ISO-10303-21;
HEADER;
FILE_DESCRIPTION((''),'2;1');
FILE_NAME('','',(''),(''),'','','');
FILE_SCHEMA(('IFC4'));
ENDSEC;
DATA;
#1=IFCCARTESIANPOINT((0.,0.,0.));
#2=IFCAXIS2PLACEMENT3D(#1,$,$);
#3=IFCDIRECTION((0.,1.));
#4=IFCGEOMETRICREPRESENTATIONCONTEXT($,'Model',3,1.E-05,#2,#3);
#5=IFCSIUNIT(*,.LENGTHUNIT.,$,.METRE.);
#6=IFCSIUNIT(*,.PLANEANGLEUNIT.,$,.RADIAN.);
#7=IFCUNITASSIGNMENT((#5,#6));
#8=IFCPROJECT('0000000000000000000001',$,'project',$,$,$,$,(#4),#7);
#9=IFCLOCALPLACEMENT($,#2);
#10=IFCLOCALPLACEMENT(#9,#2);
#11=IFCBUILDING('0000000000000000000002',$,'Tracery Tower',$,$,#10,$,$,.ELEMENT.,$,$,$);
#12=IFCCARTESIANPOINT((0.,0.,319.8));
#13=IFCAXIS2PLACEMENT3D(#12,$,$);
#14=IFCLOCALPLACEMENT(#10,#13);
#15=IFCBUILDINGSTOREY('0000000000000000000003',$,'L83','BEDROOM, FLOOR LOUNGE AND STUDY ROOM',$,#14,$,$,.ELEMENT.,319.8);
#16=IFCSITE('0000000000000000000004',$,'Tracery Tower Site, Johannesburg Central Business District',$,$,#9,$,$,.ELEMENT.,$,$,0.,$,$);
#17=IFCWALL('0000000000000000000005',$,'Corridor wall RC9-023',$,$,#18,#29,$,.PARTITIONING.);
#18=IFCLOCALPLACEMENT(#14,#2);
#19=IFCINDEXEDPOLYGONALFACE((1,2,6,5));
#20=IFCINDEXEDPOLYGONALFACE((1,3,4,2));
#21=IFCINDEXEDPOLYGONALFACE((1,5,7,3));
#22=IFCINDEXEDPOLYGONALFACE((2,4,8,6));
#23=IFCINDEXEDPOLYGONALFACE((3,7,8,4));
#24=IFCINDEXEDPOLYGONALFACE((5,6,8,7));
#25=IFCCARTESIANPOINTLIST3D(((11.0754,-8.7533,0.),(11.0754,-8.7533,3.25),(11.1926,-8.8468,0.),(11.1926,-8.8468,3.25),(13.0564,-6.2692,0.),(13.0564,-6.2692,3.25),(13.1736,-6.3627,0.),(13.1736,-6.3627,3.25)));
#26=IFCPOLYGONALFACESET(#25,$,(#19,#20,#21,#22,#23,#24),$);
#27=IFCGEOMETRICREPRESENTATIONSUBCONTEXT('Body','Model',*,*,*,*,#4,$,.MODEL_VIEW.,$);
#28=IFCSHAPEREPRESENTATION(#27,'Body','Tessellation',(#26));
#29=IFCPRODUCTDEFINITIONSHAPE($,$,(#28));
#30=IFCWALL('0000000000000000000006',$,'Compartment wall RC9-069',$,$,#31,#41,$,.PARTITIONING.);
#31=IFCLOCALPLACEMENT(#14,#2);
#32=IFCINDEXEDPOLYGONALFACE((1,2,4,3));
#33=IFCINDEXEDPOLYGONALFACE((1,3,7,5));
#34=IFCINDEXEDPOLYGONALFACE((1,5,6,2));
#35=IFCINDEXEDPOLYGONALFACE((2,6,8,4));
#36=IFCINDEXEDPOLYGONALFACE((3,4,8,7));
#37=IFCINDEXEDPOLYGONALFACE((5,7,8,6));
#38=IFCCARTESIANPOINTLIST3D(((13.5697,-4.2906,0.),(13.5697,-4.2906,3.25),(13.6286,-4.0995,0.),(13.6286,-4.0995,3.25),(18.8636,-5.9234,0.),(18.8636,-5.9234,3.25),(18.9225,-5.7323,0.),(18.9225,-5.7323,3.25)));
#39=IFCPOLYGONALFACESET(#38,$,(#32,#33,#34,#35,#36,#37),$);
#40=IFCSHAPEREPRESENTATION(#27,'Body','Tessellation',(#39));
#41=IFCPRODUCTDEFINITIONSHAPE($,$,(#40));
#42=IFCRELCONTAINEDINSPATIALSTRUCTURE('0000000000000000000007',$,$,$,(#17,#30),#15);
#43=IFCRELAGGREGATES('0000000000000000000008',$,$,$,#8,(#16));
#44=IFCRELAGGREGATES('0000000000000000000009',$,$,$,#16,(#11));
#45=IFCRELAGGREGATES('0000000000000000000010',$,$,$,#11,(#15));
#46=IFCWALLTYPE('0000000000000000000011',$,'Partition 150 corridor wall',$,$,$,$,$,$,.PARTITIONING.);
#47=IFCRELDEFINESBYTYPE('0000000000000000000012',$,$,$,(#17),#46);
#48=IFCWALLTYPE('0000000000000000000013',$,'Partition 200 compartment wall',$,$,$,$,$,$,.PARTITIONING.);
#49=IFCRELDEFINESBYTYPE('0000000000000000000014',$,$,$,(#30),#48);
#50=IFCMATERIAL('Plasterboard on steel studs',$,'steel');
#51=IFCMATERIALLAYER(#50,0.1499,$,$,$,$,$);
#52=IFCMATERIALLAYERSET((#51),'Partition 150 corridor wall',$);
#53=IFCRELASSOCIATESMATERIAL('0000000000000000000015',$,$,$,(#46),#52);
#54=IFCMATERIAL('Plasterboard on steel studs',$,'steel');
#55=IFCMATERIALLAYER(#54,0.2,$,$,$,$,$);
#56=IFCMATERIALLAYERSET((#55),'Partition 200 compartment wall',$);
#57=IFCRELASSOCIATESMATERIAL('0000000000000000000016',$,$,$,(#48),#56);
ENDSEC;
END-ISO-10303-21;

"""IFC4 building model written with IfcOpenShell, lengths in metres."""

from ifc_helpers import new_model, si_unit, direction, frame, frame_2d, origin, place, context, subcontext, project, spatial, rectangle, extrude, material, layer, layer_set, type_object, element, save


model = new_model("IFC4")

# Units and contexts
model_context = context("Model", 3, precision=1e-05, world=origin(), true_north=direction((0.0, 1.0)))
body_context = subcontext(model_context, "Body", "Model", "MODEL_VIEW")
ifc_project = project(units=[si_unit("LENGTHUNIT", "METRE"), si_unit("PLANEANGLEUNIT", "RADIAN")], contexts=[model_context])

# Site, building, storey
site_placement = place(None, origin())
site = spatial("IfcSite", under=ifc_project, at=site_placement, Name="Tracery Tower Site, Johannesburg Central Business District", CompositionType="ELEMENT", RefElevation=0.0)
building_placement = place(site_placement, origin())
building = spatial("IfcBuilding", under=site, at=building_placement, Name="Tracery Tower", CompositionType="ELEMENT")
storey_placement = place(building_placement, frame((0.0, 0.0, 319.8)))
storey = spatial("IfcBuildingStorey", under=building, at=storey_placement, Name="L83", Description="BEDROOM, FLOOR LOUNGE AND STUDY ROOM", CompositionType="ELEMENT", Elevation=319.8)

# Shared definitions
ifc_material_1 = material(Name="Plasterboard on steel studs", Category="steel")
ifc_layer_1 = layer(ifc_material_1, 0.1499)
ifc_layer_set_1 = layer_set([ifc_layer_1], Name="Partition 150 corridor wall")
wall_type_1 = type_object("IfcWallType", Name="Partition 150 corridor wall", PredefinedType="PARTITIONING", material=ifc_layer_set_1)

# Walls
wall_1_placement = place(storey_placement, frame((11.134, -8.8, 0.0), z_axis=(0.0, 0.0, 1.0), x_axis=(0.623476, 0.781842, 0.0)))
element("IfcWall", 1, at=wall_1_placement, inside=storey, type_object=wall_type_1, Name="Corridor wall RC9-023", PredefinedType="PARTITIONING", context=body_context, shape_type="SweptSolid", body=[
    extrude(rectangle(XDim=3.1772, YDim=0.1499, at=frame_2d((1.5886, 0.0))), origin(), (0.0, 0.0, 1.0), 3.25),
])
ifc_material_2 = material(Name="Plasterboard on steel studs", Category="steel")
ifc_layer_2 = layer(ifc_material_2, 0.2)
ifc_layer_set_2 = layer_set([ifc_layer_2], Name="Partition 200 compartment wall")
wall_type_2 = type_object("IfcWallType", Name="Partition 200 compartment wall", PredefinedType="PARTITIONING", material=ifc_layer_set_2)
wall_2_placement = place(storey_placement, frame((13.5991, -4.1951, 0.0), z_axis=(0.0, 0.0, 1.0), x_axis=(0.955581, -0.29473, 0.0)))
element("IfcWall", 2, at=wall_2_placement, inside=storey, type_object=wall_type_2, Name="Compartment wall RC9-069", PredefinedType="PARTITIONING", context=body_context, shape_type="SweptSolid", body=[
    extrude(rectangle(XDim=5.54, YDim=0.2, at=frame_2d((2.77, 0.0))), origin(), (0.0, 0.0, 1.0), 3.25),
])

save(model, "model.ifc")
